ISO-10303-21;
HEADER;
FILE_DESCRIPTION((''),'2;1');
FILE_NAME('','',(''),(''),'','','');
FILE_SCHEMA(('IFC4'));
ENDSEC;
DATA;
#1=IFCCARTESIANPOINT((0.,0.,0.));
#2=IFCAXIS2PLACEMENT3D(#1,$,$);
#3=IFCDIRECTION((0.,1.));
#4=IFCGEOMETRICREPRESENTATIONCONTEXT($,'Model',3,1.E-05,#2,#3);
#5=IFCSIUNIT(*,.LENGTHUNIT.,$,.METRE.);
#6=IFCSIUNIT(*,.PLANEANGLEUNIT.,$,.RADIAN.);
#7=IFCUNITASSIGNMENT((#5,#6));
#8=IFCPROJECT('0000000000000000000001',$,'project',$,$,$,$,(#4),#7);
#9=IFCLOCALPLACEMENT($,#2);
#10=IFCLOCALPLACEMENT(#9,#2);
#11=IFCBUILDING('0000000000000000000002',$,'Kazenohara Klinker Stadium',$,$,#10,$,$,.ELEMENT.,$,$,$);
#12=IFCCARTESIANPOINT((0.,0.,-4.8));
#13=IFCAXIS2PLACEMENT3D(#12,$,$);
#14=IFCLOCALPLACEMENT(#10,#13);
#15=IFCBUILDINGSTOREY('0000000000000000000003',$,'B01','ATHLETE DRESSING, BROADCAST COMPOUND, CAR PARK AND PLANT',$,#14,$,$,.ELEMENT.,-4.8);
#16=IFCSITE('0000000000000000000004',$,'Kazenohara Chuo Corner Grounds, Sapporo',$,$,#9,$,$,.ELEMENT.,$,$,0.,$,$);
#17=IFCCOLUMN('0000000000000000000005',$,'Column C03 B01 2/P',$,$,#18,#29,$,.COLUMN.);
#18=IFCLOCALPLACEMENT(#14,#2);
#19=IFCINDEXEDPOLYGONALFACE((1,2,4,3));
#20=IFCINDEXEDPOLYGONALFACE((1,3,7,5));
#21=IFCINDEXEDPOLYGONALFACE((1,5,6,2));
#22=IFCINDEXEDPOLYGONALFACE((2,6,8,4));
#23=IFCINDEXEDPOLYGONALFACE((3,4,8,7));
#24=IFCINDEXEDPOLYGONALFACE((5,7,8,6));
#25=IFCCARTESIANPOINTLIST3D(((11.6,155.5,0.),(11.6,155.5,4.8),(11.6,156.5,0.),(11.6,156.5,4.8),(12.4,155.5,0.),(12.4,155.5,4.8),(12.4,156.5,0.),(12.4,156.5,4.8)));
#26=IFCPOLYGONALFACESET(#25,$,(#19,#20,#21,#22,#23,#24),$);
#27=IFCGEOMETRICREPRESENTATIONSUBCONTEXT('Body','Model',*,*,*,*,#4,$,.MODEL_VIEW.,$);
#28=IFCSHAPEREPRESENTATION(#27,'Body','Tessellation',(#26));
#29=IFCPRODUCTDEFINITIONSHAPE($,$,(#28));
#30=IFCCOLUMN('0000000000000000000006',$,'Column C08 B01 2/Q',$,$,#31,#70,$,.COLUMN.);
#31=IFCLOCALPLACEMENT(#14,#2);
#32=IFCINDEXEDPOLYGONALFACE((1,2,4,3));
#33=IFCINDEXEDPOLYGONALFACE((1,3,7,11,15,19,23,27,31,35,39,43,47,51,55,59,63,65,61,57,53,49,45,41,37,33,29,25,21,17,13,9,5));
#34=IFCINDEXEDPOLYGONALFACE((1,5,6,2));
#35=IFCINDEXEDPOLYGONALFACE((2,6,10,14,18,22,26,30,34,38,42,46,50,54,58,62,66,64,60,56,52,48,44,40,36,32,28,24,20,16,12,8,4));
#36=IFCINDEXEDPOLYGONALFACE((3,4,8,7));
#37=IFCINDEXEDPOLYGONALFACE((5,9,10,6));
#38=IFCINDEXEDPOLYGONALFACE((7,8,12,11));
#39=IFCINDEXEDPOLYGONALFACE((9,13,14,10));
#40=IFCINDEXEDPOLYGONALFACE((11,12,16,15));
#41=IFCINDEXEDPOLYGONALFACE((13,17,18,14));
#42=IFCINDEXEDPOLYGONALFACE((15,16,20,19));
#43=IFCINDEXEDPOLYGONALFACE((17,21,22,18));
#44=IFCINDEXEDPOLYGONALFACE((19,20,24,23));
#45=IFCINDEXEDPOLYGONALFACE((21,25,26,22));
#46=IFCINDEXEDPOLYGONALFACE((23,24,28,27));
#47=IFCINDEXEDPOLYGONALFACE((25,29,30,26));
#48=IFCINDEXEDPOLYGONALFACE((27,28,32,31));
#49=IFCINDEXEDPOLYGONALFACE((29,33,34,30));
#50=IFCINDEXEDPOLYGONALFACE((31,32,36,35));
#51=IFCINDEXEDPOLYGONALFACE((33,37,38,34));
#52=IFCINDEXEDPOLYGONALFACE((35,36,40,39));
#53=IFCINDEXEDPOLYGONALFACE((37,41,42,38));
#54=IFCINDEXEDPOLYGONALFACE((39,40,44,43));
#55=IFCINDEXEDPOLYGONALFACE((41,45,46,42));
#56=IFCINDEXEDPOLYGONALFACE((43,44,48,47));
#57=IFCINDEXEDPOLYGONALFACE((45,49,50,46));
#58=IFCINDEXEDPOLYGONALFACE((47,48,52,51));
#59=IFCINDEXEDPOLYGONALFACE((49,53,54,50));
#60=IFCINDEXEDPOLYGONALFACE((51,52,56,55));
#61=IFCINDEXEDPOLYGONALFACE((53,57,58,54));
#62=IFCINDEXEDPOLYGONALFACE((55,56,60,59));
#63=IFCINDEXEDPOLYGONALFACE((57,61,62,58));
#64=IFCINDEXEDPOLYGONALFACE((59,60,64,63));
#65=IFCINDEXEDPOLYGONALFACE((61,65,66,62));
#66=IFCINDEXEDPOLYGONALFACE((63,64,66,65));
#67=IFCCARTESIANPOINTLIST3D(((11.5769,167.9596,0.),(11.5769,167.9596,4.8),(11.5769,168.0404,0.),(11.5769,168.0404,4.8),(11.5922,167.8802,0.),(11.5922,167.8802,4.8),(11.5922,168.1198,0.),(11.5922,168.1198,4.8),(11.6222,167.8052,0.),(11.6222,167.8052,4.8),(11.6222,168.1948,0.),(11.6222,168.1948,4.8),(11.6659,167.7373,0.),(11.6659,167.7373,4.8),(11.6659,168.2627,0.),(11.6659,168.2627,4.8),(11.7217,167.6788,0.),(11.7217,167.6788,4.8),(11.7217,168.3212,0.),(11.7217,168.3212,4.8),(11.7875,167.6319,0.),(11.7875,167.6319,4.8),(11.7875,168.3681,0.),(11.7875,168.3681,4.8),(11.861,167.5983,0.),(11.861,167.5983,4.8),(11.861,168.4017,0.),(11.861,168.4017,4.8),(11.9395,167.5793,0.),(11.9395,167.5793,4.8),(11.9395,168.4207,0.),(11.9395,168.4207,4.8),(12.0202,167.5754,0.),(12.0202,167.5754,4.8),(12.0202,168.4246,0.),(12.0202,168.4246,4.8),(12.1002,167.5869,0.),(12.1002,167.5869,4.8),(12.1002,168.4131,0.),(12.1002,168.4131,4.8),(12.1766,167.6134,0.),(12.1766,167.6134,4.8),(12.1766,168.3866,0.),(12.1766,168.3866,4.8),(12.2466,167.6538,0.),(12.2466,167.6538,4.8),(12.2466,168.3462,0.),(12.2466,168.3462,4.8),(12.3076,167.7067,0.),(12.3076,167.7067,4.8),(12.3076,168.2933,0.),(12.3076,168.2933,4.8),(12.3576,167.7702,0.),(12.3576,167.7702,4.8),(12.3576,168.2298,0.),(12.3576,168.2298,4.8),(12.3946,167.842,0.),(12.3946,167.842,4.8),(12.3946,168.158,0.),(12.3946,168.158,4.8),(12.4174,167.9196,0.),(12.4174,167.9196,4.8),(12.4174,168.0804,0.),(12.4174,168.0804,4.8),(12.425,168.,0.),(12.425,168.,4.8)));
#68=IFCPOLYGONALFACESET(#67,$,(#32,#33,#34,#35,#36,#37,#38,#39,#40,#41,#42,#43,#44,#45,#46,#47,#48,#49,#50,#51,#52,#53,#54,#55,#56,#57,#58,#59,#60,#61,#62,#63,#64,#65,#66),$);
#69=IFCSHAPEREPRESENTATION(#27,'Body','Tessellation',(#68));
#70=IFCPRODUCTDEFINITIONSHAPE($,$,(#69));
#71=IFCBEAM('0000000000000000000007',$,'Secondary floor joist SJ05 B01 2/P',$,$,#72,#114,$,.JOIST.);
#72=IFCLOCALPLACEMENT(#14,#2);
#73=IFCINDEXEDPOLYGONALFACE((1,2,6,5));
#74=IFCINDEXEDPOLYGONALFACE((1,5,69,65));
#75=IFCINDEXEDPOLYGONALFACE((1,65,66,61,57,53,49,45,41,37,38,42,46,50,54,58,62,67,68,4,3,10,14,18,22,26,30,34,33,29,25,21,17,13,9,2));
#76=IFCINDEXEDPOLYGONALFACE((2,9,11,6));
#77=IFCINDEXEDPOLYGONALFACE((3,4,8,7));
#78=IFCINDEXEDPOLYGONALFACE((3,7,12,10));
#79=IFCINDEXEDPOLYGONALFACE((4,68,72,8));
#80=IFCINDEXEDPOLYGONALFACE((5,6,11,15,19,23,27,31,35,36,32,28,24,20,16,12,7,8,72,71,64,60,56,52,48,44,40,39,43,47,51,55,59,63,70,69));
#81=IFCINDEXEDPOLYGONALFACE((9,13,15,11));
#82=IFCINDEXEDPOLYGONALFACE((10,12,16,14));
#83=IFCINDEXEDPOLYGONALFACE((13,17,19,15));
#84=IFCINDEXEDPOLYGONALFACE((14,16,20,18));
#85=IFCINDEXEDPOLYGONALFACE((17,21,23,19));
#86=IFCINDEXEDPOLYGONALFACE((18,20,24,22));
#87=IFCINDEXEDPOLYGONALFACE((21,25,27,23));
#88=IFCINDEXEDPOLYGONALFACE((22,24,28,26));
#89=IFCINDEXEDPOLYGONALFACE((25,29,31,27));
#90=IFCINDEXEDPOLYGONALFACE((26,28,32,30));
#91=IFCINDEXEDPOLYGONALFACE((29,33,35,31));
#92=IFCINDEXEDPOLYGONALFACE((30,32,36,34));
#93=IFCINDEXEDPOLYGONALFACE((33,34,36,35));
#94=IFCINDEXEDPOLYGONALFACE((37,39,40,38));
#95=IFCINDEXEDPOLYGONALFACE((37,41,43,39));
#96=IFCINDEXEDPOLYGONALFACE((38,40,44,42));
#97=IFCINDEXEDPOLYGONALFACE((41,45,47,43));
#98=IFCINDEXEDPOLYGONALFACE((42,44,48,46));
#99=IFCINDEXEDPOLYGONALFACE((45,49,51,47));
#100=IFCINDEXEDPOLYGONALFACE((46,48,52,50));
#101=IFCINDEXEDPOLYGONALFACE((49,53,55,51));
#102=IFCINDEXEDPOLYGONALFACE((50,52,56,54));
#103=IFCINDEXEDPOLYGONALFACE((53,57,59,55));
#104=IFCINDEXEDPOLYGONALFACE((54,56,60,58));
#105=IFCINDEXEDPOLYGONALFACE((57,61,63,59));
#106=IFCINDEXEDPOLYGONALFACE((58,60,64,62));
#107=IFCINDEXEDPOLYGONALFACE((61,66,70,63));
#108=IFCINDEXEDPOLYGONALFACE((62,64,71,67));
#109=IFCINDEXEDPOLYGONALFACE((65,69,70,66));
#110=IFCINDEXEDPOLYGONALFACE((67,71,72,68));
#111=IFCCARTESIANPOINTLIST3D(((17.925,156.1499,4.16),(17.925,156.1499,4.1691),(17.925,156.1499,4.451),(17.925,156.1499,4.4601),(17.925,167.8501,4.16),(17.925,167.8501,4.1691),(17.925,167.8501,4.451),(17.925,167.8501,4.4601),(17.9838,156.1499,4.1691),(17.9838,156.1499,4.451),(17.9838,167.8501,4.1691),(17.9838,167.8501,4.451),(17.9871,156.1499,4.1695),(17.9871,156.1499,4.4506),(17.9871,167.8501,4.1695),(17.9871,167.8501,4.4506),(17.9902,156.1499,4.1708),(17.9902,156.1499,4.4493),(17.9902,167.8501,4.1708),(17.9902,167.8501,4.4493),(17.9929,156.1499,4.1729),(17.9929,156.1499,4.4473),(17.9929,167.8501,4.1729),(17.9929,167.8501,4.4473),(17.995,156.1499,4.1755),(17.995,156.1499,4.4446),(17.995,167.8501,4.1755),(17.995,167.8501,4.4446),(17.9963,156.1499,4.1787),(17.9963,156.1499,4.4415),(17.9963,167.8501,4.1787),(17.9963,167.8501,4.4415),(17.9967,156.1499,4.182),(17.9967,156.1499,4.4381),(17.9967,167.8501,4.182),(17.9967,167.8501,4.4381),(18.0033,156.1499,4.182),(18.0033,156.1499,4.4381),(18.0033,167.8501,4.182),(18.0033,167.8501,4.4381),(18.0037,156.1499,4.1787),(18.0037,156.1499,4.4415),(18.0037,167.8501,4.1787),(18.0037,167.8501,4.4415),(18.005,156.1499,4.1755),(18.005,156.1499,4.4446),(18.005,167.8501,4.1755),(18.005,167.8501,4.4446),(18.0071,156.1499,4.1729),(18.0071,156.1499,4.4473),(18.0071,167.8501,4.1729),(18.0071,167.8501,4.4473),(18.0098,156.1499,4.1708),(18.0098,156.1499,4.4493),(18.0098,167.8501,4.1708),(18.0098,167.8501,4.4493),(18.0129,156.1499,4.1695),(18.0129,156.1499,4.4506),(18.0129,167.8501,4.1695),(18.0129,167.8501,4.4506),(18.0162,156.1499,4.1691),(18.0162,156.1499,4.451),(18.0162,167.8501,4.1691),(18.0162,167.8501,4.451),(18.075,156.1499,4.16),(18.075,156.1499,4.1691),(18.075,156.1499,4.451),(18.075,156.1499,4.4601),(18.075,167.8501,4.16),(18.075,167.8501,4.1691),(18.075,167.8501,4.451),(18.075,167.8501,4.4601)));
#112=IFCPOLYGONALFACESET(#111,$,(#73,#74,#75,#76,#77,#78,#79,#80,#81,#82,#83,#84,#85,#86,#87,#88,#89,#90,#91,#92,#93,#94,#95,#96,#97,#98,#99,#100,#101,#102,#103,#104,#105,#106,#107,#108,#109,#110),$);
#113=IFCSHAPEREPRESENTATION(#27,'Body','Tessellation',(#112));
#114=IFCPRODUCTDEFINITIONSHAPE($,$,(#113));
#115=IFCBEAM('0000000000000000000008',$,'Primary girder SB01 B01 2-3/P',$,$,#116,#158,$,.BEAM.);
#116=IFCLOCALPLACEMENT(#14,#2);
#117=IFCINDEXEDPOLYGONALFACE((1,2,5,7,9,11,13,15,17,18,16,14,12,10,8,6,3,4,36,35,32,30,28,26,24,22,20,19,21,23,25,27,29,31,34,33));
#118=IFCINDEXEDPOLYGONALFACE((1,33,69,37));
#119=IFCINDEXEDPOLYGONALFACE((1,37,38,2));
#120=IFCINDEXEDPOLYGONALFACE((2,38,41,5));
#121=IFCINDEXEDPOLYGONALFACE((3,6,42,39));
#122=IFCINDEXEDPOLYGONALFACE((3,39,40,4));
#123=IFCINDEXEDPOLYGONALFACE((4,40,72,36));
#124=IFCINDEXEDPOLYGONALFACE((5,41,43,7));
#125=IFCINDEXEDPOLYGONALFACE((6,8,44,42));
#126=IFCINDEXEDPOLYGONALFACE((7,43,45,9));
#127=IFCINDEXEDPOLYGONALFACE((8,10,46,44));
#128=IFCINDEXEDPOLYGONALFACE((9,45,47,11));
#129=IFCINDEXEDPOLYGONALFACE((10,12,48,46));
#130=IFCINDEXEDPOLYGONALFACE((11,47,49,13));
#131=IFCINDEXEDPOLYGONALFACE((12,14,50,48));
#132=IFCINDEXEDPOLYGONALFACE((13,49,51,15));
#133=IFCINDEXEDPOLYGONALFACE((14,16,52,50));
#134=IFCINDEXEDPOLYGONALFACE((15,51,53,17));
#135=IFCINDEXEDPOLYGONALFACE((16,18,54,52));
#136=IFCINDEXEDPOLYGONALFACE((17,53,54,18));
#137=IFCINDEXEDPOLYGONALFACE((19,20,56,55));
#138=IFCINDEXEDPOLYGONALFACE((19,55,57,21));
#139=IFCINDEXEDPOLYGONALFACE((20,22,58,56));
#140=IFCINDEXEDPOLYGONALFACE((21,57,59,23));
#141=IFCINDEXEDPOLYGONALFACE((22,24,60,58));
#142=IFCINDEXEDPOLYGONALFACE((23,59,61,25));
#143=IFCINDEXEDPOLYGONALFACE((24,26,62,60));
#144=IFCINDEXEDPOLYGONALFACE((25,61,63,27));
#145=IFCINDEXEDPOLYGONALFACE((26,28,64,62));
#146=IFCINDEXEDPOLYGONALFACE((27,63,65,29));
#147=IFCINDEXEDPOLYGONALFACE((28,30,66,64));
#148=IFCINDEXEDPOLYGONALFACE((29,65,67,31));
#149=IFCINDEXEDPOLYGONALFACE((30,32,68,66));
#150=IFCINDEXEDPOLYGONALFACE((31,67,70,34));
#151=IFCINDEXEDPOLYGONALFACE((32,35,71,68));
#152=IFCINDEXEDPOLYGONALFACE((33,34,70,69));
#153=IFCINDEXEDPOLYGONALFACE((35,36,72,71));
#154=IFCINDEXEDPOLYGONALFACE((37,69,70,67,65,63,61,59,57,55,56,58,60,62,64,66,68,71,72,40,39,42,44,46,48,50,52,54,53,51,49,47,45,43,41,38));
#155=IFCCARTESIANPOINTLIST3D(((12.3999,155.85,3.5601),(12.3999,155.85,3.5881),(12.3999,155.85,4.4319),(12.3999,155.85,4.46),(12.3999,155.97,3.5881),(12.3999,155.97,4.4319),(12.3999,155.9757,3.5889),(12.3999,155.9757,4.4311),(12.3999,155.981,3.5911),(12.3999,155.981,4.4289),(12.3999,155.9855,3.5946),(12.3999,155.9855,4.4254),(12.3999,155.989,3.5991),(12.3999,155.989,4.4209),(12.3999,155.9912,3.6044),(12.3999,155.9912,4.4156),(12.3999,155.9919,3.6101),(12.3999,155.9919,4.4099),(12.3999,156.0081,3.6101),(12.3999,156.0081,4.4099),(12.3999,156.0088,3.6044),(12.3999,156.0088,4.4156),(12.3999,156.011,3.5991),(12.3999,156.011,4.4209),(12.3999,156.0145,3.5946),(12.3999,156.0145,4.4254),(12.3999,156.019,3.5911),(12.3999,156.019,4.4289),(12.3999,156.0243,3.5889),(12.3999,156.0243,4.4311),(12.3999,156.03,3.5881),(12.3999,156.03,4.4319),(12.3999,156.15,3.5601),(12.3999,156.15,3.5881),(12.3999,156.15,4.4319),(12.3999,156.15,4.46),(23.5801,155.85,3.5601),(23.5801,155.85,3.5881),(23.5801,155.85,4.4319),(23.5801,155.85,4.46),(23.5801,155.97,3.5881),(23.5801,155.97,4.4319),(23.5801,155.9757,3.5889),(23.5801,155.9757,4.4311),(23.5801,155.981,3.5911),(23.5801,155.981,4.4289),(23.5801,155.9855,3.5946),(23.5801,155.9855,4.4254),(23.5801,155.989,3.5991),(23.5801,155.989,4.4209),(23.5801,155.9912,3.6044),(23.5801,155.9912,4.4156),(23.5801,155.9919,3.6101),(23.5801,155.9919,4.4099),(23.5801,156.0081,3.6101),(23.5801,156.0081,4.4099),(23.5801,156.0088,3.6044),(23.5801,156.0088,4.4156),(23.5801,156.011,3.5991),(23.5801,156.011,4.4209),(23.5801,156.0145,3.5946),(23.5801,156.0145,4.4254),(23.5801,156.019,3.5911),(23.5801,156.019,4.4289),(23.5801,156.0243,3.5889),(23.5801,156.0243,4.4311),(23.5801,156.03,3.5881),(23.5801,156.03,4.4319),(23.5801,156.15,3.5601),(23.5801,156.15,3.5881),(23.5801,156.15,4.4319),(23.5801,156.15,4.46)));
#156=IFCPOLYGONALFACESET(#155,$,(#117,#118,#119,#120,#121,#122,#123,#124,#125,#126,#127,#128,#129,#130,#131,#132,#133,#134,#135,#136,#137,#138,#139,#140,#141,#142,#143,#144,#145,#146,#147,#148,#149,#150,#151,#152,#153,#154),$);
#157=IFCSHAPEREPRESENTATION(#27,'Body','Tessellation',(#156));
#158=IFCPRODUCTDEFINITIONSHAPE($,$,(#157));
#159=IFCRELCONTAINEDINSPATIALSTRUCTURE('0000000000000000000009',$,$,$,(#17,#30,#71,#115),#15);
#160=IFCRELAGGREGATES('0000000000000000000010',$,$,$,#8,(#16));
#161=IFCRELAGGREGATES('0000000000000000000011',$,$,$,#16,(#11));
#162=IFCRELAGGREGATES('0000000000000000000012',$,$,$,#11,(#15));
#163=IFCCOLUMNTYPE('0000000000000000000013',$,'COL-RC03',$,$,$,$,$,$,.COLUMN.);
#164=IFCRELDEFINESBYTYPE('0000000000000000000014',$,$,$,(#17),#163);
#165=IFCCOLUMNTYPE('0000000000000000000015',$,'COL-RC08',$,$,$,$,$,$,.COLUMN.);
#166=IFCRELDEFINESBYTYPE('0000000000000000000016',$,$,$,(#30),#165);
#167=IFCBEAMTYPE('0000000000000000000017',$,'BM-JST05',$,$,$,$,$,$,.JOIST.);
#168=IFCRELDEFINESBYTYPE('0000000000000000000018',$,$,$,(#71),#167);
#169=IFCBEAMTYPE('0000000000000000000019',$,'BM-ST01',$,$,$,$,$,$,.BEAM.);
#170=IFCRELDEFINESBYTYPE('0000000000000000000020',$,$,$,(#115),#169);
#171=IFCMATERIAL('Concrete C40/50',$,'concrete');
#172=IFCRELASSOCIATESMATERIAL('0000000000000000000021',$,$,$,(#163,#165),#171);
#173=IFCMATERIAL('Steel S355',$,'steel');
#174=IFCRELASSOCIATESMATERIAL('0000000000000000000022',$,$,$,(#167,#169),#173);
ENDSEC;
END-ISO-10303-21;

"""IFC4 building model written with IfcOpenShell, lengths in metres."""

from ifc_helpers import new_model, si_unit, direction, frame, origin, origin_2d, place, context, subcontext, project, spatial, rectangle, circle, i_section, extrude, material, material_profile, profile_set, type_object, element, save


model = new_model("IFC4")

# Units and contexts
model_context = context("Model", 3, precision=1e-05, world=origin(), true_north=direction((0.0, 1.0)))
body_context = subcontext(model_context, "Body", "Model", "MODEL_VIEW")
ifc_project = project(units=[si_unit("LENGTHUNIT", "METRE"), si_unit("PLANEANGLEUNIT", "RADIAN")], contexts=[model_context])

# Site, building, storey
site_placement = place(None, origin())
site = spatial("IfcSite", under=ifc_project, at=site_placement, Name="Kazenohara Chuo Corner Grounds, Sapporo", CompositionType="ELEMENT", RefElevation=0.0)
building_placement = place(site_placement, origin())
building = spatial("IfcBuilding", under=site, at=building_placement, Name="Kazenohara Klinker Stadium", CompositionType="ELEMENT")
storey_placement = place(building_placement, frame((0.0, 0.0, -4.8)))
storey = spatial("IfcBuildingStorey", under=building, at=storey_placement, Name="B01", Description="ATHLETE DRESSING, BROADCAST COMPOUND, CAR PARK AND PLANT", CompositionType="ELEMENT", Elevation=-4.8)

# Columns
ifc_material_1 = material(Name="Concrete C40/50", Category="concrete")
ifc_material_profile_1 = material_profile(ifc_material_1, rectangle(XDim=0.8, YDim=1.0, at=origin_2d()), Name="RC-COL-1000x800")
ifc_profile_set_1 = profile_set([ifc_material_profile_1], Name="Concrete C40/50")
column_type_1 = type_object("IfcColumnType", Name="COL-RC03", PredefinedType="COLUMN", material=ifc_profile_set_1)
column_1_placement = place(storey_placement, frame((12.0, 156.0, 0.0), z_axis=(0.0, 0.0, 1.0), x_axis=(1.0, 0.0, 0.0)))
element("IfcColumn", 1, at=column_1_placement, inside=storey, type_object=column_type_1, Name="Column C03 B01 2/P", PredefinedType="COLUMN", context=body_context, shape_type="SweptSolid", body=[
    extrude(rectangle(XDim=0.8, YDim=1.0, at=origin_2d()), origin(), (0.0, 0.0, 1.0), 4.8),
])
ifc_material_profile_2 = material_profile(ifc_material_1, circle(Radius=0.425, at=origin_2d()), Name="RC-COL-D850")
ifc_profile_set_2 = profile_set([ifc_material_profile_2], Name="Concrete C40/50")
column_type_2 = type_object("IfcColumnType", Name="COL-RC08", PredefinedType="COLUMN", material=ifc_profile_set_2)
column_2_placement = place(storey_placement, frame((12.0, 168.0, 0.0), z_axis=(0.0, 0.0, 1.0), x_axis=(1.0, 0.0, 0.0)))
element("IfcColumn", 2, at=column_2_placement, inside=storey, type_object=column_type_2, Name="Column C08 B01 2/Q", PredefinedType="COLUMN", context=body_context, shape_type="SweptSolid", body=[
    extrude(circle(Radius=0.425, at=origin_2d()), origin(), (0.0, 0.0, 1.0), 4.8),
])

# Beams
ifc_material_2 = material(Name="Steel S355", Category="steel")
ifc_material_profile_3 = material_profile(ifc_material_2, i_section(OverallWidth=0.1499, OverallDepth=0.3, WebThickness=0.0066, FlangeThickness=0.009, FilletRadius=0.0129, at=origin_2d()), Name="H-300x150x6.5x9")
ifc_profile_set_3 = profile_set([ifc_material_profile_3], Name="Steel S355")
beam_type_1 = type_object("IfcBeamType", Name="BM-JST05", PredefinedType="JOIST", material=ifc_profile_set_3)
beam_1_placement = place(storey_placement, frame((18.0, 156.1499, 4.3101), z_axis=(0.0, 1.0, 0.0), x_axis=(-1.0, 0.0, 0.0)))
element("IfcBeam", 3, at=beam_1_placement, inside=storey, type_object=beam_type_1, Name="Secondary floor joist SJ05 B01 2/P", PredefinedType="JOIST", context=body_context, shape_type="SweptSolid", body=[
    extrude(i_section(OverallWidth=0.1499, OverallDepth=0.3, WebThickness=0.0066, FlangeThickness=0.009, FilletRadius=0.0129, at=origin_2d()), origin(), (0.0, 0.0, 1.0), 11.7002),
])
ifc_material_profile_4 = material_profile(ifc_material_2, i_section(OverallWidth=0.3, OverallDepth=0.8999, WebThickness=0.0161, FlangeThickness=0.0281, FilletRadius=0.022, at=origin_2d()), Name="H-900x300x16x28")
ifc_profile_set_4 = profile_set([ifc_material_profile_4], Name="Steel S355")
beam_type_2 = type_object("IfcBeamType", Name="BM-ST01", PredefinedType="BEAM", material=ifc_profile_set_4)
beam_2_placement = place(storey_placement, frame((12.3999, 156.0, 4.01), z_axis=(1.0, 0.0, 0.0), x_axis=(0.0, 1.0, 0.0)))
element("IfcBeam", 4, at=beam_2_placement, inside=storey, type_object=beam_type_2, Name="Primary girder SB01 B01 2-3/P", PredefinedType="BEAM", context=body_context, shape_type="SweptSolid", body=[
    extrude(i_section(OverallWidth=0.3, OverallDepth=0.8999, WebThickness=0.0161, FlangeThickness=0.0281, FilletRadius=0.022, at=origin_2d()), origin(), (0.0, 0.0, 1.0), 11.1802),
])

save(model, "model.ifc")
